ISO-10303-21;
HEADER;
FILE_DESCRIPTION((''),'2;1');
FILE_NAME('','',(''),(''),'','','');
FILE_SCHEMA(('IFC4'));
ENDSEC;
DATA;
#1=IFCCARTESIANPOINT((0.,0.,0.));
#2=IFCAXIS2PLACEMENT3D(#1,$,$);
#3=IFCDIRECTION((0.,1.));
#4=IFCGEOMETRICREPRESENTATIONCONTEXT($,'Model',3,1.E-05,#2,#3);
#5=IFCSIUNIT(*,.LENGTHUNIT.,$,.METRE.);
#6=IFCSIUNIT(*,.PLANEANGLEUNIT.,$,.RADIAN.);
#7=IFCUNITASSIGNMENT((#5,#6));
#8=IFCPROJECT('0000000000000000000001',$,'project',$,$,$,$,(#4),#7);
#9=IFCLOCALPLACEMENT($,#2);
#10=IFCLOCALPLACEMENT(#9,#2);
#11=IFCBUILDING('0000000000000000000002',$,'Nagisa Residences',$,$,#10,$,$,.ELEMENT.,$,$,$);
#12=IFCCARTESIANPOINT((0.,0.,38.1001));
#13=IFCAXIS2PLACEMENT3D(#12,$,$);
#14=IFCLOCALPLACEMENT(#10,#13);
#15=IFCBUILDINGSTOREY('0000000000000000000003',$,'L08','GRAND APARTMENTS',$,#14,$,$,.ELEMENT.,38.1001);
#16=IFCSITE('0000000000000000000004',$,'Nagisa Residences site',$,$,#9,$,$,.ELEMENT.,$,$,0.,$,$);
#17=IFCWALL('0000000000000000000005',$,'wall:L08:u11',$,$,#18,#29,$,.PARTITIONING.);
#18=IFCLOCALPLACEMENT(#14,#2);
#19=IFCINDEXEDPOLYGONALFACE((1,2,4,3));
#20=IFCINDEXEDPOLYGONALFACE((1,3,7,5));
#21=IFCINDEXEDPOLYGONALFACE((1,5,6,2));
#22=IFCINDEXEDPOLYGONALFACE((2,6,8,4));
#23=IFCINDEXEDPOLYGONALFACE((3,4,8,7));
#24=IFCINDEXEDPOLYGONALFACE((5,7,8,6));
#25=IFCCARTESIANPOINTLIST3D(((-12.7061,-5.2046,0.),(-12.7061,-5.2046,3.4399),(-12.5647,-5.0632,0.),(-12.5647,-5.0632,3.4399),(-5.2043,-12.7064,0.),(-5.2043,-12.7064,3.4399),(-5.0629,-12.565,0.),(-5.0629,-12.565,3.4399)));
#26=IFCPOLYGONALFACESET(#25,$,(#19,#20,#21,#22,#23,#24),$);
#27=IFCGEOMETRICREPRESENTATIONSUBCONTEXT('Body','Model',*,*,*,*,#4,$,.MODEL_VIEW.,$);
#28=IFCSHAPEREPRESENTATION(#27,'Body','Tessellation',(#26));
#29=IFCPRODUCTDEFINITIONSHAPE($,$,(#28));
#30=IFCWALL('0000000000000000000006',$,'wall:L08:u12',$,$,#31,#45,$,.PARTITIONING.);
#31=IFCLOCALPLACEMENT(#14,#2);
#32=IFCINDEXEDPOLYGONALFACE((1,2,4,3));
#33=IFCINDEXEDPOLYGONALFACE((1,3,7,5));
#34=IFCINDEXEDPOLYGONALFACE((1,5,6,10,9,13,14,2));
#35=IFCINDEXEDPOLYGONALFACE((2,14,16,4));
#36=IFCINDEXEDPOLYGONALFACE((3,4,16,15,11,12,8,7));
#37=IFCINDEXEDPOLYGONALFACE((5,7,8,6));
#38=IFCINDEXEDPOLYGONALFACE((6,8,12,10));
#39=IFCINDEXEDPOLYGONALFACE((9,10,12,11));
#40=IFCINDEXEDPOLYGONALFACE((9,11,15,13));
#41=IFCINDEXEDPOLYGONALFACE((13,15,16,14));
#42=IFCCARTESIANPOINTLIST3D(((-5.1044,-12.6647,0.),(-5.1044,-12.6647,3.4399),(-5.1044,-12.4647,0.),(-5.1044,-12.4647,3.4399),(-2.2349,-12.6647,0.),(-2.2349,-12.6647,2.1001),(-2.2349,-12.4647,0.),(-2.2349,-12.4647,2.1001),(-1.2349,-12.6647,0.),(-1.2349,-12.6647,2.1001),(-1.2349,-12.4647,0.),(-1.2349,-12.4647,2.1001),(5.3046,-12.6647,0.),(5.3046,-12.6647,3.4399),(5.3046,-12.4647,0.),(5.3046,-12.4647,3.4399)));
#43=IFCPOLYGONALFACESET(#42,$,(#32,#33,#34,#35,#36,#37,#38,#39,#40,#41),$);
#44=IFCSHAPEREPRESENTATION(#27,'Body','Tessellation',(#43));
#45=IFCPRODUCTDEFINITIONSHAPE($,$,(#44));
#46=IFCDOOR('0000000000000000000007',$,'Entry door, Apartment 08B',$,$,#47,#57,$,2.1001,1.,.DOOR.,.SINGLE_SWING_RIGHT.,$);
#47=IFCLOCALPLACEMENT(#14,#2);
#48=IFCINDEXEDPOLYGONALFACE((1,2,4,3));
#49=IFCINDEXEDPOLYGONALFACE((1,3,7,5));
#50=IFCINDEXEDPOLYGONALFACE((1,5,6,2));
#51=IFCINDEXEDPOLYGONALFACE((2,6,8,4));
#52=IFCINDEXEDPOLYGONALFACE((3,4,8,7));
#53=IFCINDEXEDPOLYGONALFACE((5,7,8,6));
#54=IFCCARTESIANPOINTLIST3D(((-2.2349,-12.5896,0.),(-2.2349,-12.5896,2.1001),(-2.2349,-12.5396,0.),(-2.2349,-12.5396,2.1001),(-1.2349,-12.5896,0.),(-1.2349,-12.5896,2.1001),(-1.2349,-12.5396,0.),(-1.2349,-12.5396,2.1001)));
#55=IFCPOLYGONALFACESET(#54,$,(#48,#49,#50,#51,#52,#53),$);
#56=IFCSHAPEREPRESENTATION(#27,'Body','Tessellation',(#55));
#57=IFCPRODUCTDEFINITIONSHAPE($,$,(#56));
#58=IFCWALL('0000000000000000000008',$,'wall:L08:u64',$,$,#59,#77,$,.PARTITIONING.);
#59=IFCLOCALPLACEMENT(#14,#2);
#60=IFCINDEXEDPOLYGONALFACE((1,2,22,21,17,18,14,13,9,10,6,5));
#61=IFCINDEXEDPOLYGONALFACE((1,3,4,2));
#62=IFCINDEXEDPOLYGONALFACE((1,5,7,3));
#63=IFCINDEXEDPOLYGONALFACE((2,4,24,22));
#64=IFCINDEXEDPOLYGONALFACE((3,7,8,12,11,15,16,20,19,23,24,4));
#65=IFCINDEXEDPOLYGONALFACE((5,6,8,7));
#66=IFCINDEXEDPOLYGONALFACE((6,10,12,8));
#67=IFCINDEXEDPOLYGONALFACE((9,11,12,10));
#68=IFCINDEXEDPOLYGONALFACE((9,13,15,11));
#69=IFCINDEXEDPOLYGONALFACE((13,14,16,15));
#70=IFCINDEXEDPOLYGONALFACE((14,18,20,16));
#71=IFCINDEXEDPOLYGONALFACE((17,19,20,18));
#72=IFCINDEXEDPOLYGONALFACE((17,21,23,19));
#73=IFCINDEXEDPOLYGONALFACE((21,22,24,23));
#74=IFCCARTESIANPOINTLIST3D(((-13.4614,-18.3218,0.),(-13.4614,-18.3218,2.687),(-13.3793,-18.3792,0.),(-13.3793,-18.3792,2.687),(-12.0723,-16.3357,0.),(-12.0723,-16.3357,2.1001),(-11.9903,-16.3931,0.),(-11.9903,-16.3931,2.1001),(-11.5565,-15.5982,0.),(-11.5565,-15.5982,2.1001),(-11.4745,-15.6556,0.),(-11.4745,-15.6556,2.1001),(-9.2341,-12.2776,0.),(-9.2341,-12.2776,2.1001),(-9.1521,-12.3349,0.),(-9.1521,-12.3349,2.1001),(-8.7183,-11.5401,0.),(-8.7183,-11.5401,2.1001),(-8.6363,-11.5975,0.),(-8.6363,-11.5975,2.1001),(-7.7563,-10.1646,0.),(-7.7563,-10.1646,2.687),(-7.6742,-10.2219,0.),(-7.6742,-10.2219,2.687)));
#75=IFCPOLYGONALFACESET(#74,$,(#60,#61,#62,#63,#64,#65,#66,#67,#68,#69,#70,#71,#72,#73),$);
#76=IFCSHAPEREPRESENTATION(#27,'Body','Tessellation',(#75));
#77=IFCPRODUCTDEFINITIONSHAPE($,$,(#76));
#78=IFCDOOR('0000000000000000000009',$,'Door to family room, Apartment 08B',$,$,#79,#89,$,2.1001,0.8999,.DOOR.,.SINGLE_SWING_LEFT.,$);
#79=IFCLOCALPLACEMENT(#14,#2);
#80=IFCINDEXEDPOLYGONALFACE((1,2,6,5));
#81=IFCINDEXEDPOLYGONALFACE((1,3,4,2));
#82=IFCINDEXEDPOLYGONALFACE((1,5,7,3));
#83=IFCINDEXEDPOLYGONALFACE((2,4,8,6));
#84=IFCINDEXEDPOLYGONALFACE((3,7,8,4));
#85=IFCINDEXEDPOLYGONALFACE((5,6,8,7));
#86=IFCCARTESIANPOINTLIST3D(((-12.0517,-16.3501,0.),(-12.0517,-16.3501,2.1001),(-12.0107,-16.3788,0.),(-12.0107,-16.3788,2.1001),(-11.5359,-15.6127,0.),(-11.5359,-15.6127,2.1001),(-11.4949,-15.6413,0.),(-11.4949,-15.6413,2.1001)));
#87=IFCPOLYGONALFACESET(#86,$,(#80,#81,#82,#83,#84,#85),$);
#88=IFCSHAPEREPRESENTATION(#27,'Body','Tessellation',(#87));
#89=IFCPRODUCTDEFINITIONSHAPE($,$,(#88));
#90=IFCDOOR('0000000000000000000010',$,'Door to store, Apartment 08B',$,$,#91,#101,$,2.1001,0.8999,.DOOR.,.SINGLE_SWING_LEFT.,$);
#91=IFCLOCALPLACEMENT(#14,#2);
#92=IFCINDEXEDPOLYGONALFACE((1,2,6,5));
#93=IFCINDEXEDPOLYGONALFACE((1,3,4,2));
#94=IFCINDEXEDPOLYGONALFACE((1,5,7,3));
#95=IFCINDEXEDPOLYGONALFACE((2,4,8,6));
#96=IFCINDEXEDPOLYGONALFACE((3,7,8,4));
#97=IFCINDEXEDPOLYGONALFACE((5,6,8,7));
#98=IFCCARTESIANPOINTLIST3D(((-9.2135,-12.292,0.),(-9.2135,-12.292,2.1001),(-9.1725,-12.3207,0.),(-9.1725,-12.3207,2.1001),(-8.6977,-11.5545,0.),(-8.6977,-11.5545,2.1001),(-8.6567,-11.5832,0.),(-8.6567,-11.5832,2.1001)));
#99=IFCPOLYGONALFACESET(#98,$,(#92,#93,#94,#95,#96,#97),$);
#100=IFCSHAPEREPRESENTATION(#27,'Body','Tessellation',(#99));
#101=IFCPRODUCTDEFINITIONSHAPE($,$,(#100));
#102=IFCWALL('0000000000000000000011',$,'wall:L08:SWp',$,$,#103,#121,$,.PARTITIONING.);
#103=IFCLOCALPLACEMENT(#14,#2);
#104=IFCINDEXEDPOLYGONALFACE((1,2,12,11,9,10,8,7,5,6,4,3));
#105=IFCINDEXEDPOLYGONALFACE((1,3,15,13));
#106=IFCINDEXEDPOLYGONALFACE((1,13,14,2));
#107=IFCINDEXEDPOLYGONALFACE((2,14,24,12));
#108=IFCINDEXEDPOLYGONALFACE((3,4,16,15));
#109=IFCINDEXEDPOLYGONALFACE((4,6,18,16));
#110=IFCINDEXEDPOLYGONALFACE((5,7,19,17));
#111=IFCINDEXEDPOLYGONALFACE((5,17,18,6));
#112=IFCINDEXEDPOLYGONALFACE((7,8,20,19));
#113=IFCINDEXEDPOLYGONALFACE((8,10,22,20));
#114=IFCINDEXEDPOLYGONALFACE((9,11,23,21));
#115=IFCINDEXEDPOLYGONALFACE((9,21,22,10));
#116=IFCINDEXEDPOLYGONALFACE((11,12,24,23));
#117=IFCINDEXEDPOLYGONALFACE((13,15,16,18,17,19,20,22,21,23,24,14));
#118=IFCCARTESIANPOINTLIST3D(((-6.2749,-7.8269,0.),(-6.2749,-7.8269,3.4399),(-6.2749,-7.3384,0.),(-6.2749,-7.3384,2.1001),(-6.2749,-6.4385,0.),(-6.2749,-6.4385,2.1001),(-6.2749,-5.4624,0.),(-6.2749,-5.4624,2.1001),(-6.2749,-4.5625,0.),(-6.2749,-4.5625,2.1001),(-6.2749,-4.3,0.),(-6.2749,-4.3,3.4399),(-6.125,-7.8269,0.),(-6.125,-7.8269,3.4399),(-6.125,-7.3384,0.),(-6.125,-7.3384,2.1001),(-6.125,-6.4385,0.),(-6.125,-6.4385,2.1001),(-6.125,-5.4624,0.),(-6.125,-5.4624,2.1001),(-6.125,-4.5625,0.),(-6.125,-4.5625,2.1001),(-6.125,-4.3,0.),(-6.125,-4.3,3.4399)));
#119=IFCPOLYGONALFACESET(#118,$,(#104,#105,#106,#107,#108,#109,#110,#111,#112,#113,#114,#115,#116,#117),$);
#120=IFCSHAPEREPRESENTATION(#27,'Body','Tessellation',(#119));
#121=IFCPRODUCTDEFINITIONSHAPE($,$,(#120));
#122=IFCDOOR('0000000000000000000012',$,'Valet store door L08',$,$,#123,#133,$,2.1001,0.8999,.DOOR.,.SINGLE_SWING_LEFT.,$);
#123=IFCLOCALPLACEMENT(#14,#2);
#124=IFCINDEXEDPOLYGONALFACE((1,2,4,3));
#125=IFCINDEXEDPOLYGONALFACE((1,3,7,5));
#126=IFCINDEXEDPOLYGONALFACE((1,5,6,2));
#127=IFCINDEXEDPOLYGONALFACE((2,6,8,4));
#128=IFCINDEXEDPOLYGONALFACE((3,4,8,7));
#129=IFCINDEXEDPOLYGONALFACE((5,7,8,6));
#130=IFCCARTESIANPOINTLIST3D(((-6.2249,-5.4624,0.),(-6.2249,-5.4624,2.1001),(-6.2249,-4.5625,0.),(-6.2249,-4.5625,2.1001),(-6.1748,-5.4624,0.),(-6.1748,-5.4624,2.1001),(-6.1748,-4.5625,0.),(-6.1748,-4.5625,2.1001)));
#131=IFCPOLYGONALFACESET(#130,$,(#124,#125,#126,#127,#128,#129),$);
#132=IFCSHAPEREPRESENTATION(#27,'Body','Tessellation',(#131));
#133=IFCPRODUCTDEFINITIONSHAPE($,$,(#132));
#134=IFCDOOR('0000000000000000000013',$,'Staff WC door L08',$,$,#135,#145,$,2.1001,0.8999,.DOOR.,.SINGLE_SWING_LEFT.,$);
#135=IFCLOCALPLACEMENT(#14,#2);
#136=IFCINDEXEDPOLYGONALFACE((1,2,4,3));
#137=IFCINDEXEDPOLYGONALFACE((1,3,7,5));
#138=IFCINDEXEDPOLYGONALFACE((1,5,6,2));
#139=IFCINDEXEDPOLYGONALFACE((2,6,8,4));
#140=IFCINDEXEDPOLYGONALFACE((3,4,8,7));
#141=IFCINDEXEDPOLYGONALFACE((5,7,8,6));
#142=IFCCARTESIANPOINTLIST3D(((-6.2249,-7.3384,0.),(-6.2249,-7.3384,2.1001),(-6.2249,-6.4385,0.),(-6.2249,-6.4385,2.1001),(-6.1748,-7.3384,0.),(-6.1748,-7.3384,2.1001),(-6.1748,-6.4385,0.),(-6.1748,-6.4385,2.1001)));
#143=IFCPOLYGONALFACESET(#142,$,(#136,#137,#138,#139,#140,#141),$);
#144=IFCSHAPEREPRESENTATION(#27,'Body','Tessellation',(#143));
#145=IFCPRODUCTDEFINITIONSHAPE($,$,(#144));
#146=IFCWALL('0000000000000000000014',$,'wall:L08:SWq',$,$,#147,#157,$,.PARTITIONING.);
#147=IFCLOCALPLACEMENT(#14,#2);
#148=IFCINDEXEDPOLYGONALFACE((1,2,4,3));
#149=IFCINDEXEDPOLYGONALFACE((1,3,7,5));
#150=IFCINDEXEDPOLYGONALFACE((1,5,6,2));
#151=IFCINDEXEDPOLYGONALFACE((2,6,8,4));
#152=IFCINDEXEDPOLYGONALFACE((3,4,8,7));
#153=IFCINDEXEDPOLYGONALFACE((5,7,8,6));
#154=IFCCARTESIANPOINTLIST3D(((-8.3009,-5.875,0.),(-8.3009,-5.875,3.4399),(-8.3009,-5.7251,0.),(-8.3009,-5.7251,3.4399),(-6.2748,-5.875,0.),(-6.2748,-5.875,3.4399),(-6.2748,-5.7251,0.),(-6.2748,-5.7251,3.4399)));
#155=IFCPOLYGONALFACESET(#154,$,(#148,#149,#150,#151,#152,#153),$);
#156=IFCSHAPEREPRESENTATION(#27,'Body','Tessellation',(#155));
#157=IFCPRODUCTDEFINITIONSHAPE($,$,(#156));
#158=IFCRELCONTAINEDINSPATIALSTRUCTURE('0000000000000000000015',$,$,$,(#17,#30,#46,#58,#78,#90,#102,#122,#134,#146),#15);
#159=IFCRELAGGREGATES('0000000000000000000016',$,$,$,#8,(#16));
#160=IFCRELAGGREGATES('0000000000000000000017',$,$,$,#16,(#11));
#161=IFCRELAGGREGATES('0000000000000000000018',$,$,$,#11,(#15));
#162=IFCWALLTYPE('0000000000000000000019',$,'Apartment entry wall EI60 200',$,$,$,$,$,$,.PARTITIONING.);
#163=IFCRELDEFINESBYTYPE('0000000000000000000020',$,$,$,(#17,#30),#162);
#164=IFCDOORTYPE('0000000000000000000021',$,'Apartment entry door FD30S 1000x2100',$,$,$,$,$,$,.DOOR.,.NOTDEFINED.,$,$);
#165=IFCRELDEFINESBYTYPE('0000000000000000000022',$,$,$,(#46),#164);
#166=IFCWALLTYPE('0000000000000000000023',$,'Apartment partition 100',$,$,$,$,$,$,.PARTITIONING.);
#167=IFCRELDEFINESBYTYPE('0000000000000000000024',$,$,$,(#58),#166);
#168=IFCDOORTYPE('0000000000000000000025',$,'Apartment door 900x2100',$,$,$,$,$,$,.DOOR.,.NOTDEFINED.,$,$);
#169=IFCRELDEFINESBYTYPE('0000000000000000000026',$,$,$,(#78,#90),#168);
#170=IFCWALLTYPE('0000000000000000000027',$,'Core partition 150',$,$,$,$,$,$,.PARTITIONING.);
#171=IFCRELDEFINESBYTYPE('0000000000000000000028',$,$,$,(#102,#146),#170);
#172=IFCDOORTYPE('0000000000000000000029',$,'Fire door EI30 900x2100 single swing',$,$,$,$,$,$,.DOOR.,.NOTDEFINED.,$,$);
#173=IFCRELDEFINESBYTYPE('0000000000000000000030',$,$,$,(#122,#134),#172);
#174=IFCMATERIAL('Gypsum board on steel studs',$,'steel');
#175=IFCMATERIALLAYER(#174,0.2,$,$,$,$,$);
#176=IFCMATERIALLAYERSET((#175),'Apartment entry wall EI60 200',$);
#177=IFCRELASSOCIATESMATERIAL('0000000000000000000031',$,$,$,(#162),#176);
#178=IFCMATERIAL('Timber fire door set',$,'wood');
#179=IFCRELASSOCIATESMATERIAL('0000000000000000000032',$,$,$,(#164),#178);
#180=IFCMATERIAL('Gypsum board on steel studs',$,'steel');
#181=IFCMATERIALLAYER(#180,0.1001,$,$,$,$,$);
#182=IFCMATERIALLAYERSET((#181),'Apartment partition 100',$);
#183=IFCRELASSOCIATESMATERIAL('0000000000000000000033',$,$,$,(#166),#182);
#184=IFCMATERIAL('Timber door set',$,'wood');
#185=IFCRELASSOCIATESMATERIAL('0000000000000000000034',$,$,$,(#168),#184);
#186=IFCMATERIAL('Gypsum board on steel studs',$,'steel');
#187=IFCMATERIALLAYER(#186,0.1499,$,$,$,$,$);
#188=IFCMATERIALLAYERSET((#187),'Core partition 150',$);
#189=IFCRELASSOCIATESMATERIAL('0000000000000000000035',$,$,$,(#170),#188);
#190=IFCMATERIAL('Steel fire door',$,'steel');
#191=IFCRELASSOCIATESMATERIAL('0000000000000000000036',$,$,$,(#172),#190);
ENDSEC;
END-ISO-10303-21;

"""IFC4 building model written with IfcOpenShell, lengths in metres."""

from ifc_helpers import new_model, si_unit, direction, frame, frame_2d, origin, place, context, subcontext, project, spatial, rectangle, extrude, material, layer, layer_set, type_object, element, fill, save


model = new_model("IFC4")

# Units and contexts
model_context = context("Model", 3, precision=1e-05, world=origin(), true_north=direction((0.0, 1.0)))
body_context = subcontext(model_context, "Body", "Model", "MODEL_VIEW")
ifc_project = project(units=[si_unit("LENGTHUNIT", "METRE"), si_unit("PLANEANGLEUNIT", "RADIAN")], contexts=[model_context])

# Site, building, storey
site_placement = place(None, origin())
site = spatial("IfcSite", under=ifc_project, at=site_placement, Name="Nagisa Residences site", CompositionType="ELEMENT", RefElevation=0.0)
building_placement = place(site_placement, origin())
building = spatial("IfcBuilding", under=site, at=building_placement, Name="Nagisa Residences", CompositionType="ELEMENT")
storey_placement = place(building_placement, frame((0.0, 0.0, 38.1001)))
storey = spatial("IfcBuildingStorey", under=building, at=storey_placement, Name="L08", Description="GRAND APARTMENTS", CompositionType="ELEMENT", Elevation=38.1001)

# Wall
ifc_material_1 = material(Name="Gypsum board on steel studs", Category="steel")
ifc_layer_1 = layer(ifc_material_1, 0.2)
ifc_layer_set_1 = layer_set([ifc_layer_1], Name="Apartment entry wall EI60 200")
wall_type_1 = type_object("IfcWallType", Name="Apartment entry wall EI60 200", PredefinedType="PARTITIONING", material=ifc_layer_set_1)
wall_1_placement = place(storey_placement, frame((-12.6355, -5.1338, 0.0), z_axis=(0.0, 0.0, 1.0), x_axis=(0.707107, -0.707107, 0.0)))
element("IfcWall", 1, at=wall_1_placement, inside=storey, type_object=wall_type_1, Name="wall:L08:u11", PredefinedType="PARTITIONING", context=body_context, shape_type="SweptSolid", body=[
    extrude(rectangle(XDim=10.6091, YDim=0.2, at=frame_2d((5.3047, 0.0))), origin(), (0.0, 0.0, 1.0), 3.4399),
])

# Wall, opening, door
wall_2_placement = place(storey_placement, frame((-5.1045, -12.5647, 0.0), z_axis=(0.0, 0.0, 1.0), x_axis=(1.0, 0.0, 0.0)))
wall_2 = element("IfcWall", 2, at=wall_2_placement, inside=storey, type_object=wall_type_1, Name="wall:L08:u12", PredefinedType="PARTITIONING", context=body_context, shape_type="SweptSolid", body=[
    extrude(rectangle(XDim=10.4089, YDim=0.2, at=frame_2d((5.2046, 0.0))), origin(), (0.0, 0.0, 1.0), 3.4399),
])
opening_1_placement = place(wall_2_placement, frame((2.8696, 0.0, 0.0)))
opening_1 = element("IfcOpeningElement", 3, at=opening_1_placement, cuts=wall_2, PredefinedType="OPENING", context=body_context, shape_type="SweptSolid", body=[
    extrude(rectangle(XDim=1.0, YDim=2.1001, at=frame_2d((0.5, 1.05))), frame((0.0, 0.1099, 0.0), z_axis=(0.0, -1.0, 0.0), x_axis=(1.0, 0.0, 0.0)), (0.0, 0.0, 1.0), 0.22),
])
ifc_material_2 = material(Name="Timber fire door set", Category="wood")
door_type_1 = type_object("IfcDoorType", Name="Apartment entry door FD30S 1000x2100", OperationType="NOTDEFINED", PredefinedType="DOOR", material=ifc_material_2)
door_1_placement = place(opening_1_placement, frame((1.0, 0.0, 0.0), x_axis=(-1.0, 0.0, 0.0)))
door_1 = element("IfcDoor", 4, at=door_1_placement, inside=storey, type_object=door_type_1, Name="Entry door, Apartment 08B", OperationType="SINGLE_SWING_RIGHT", OverallHeight=2.1001, OverallWidth=1.0, PredefinedType="DOOR", context=body_context, shape_type="SweptSolid", body=[
    extrude(rectangle(XDim=1.0, YDim=2.1001, at=frame_2d((0.5, 1.05))), frame((0.0, 0.0249, 0.0), z_axis=(0.0, -1.0, 0.0), x_axis=(1.0, 0.0, 0.0)), (0.0, 0.0, 1.0), 0.05),
])
fill(opening_1, door_1)

# Walls, openings, doors
ifc_material_3 = material(Name="Gypsum board on steel studs", Category="steel")
ifc_layer_2 = layer(ifc_material_3, 0.1001)
ifc_layer_set_2 = layer_set([ifc_layer_2], Name="Apartment partition 100")
wall_type_2 = type_object("IfcWallType", Name="Apartment partition 100", PredefinedType="PARTITIONING", material=ifc_layer_set_2)
wall_3_placement = place(storey_placement, frame((-7.7153, -10.1934, 0.0), z_axis=(0.0, 0.0, 1.0), x_axis=(-0.573127, -0.819467, 0.0)))
wall_3 = element("IfcWall", 5, at=wall_3_placement, inside=storey, type_object=wall_type_2, Name="wall:L08:u64", PredefinedType="PARTITIONING", context=body_context, shape_type="SweptSolid", body=[
    extrude(rectangle(XDim=9.9543, YDim=0.1001, at=frame_2d((4.9771, 0.0))), origin(), (0.0, 0.0, 1.0), 2.687),
])
opening_2_placement = place(wall_3_placement, frame((6.6306, 0.0, 0.0)))
opening_2 = element("IfcOpeningElement", 6, at=opening_2_placement, cuts=wall_3, PredefinedType="OPENING", context=body_context, shape_type="SweptSolid", body=[
    extrude(rectangle(XDim=0.8999, YDim=2.1001, at=frame_2d((0.45, 1.05))), frame((0.0, 0.0601, 0.0), z_axis=(0.0, -1.0, 0.0), x_axis=(1.0, 0.0, 0.0)), (0.0, 0.0, 1.0), 0.1201),
])
opening_3_placement = place(wall_3_placement, frame((1.6785, 0.0, 0.0)))
opening_3 = element("IfcOpeningElement", 7, at=opening_3_placement, cuts=wall_3, PredefinedType="OPENING", context=body_context, shape_type="SweptSolid", body=[
    extrude(rectangle(XDim=0.8999, YDim=2.1001, at=frame_2d((0.45, 1.05))), frame((0.0, 0.0601, 0.0), z_axis=(0.0, -1.0, 0.0), x_axis=(1.0, 0.0, 0.0)), (0.0, 0.0, 1.0), 0.1201),
])
ifc_material_4 = material(Name="Timber door set", Category="wood")
door_type_2 = type_object("IfcDoorType", Name="Apartment door 900x2100", OperationType="NOTDEFINED", PredefinedType="DOOR", material=ifc_material_4)
door_2_placement = place(opening_2_placement, frame((0.8999, 0.0, 0.0), x_axis=(-1.0, 0.0, 0.0)))
door_2 = element("IfcDoor", 8, at=door_2_placement, inside=storey, type_object=door_type_2, Name="Door to family room, Apartment 08B", OperationType="SINGLE_SWING_LEFT", OverallHeight=2.1001, OverallWidth=0.8999, PredefinedType="DOOR", context=body_context, shape_type="SweptSolid", body=[
    extrude(rectangle(XDim=0.8999, YDim=2.1001, at=frame_2d((0.45, 1.05))), frame((0.0, 0.0249, 0.0), z_axis=(0.0, -1.0, 0.0), x_axis=(1.0, 0.0, 0.0)), (0.0, 0.0, 1.0), 0.05),
])
fill(opening_2, door_2)
door_3_placement = place(opening_3_placement, frame((0.8999, 0.0, 0.0), x_axis=(-1.0, 0.0, 0.0)))
door_3 = element("IfcDoor", 9, at=door_3_placement, inside=storey, type_object=door_type_2, Name="Door to store, Apartment 08B", OperationType="SINGLE_SWING_LEFT", OverallHeight=2.1001, OverallWidth=0.8999, PredefinedType="DOOR", context=body_context, shape_type="SweptSolid", body=[
    extrude(rectangle(XDim=0.8999, YDim=2.1001, at=frame_2d((0.45, 1.05))), frame((0.0, 0.0249, 0.0), z_axis=(0.0, -1.0, 0.0), x_axis=(1.0, 0.0, 0.0)), (0.0, 0.0, 1.0), 0.05),
])
fill(opening_3, door_3)
ifc_material_5 = material(Name="Gypsum board on steel studs", Category="steel")
ifc_layer_3 = layer(ifc_material_5, 0.1499)
ifc_layer_set_3 = layer_set([ifc_layer_3], Name="Core partition 150")
wall_type_3 = type_object("IfcWallType", Name="Core partition 150", PredefinedType="PARTITIONING", material=ifc_layer_set_3)
wall_4_placement = place(storey_placement, frame((-6.2, -7.8269, 0.0), z_axis=(0.0, 0.0, 1.0), x_axis=(0.0, 1.0, 0.0)))
wall_4 = element("IfcWall", 10, at=wall_4_placement, inside=storey, type_object=wall_type_3, Name="wall:L08:SWp", PredefinedType="PARTITIONING", context=body_context, shape_type="SweptSolid", body=[
    extrude(rectangle(XDim=3.5269, YDim=0.1499, at=frame_2d((1.7634, 0.0))), origin(), (0.0, 0.0, 1.0), 3.4399),
])
opening_4_placement = place(wall_4_placement, frame((2.3645, 0.0, 0.0)))
opening_4 = element("IfcOpeningElement", 11, at=opening_4_placement, cuts=wall_4, PredefinedType="OPENING", context=body_context, shape_type="SweptSolid", body=[
    extrude(rectangle(XDim=0.8999, YDim=2.1001, at=frame_2d((0.45, 1.05))), frame((0.0, 0.085, 0.0), z_axis=(0.0, -1.0, 0.0), x_axis=(1.0, 0.0, 0.0)), (0.0, 0.0, 1.0), 0.1699),
])
opening_5_placement = place(wall_4_placement, frame((0.4885, 0.0, 0.0)))
opening_5 = element("IfcOpeningElement", 12, at=opening_5_placement, cuts=wall_4, PredefinedType="OPENING", context=body_context, shape_type="SweptSolid", body=[
    extrude(rectangle(XDim=0.8999, YDim=2.1001, at=frame_2d((0.45, 1.05))), frame((0.0, 0.085, 0.0), z_axis=(0.0, -1.0, 0.0), x_axis=(1.0, 0.0, 0.0)), (0.0, 0.0, 1.0), 0.1699),
])
ifc_material_6 = material(Name="Steel fire door", Category="steel")
door_type_3 = type_object("IfcDoorType", Name="Fire door EI30 900x2100 single swing", OperationType="NOTDEFINED", PredefinedType="DOOR", material=ifc_material_6)
door_4_placement = place(opening_4_placement, origin())
door_4 = element("IfcDoor", 13, at=door_4_placement, inside=storey, type_object=door_type_3, Name="Valet store door L08", OperationType="SINGLE_SWING_LEFT", OverallHeight=2.1001, OverallWidth=0.8999, PredefinedType="DOOR", context=body_context, shape_type="SweptSolid", body=[
    extrude(rectangle(XDim=0.8999, YDim=2.1001, at=frame_2d((0.45, 1.05))), frame((0.0, 0.0249, 0.0), z_axis=(0.0, -1.0, 0.0), x_axis=(1.0, 0.0, 0.0)), (0.0, 0.0, 1.0), 0.05),
])
fill(opening_4, door_4)
door_5_placement = place(opening_5_placement, origin())
door_5 = element("IfcDoor", 14, at=door_5_placement, inside=storey, type_object=door_type_3, Name="Staff WC door L08", OperationType="SINGLE_SWING_LEFT", OverallHeight=2.1001, OverallWidth=0.8999, PredefinedType="DOOR", context=body_context, shape_type="SweptSolid", body=[
    extrude(rectangle(XDim=0.8999, YDim=2.1001, at=frame_2d((0.45, 1.05))), frame((0.0, 0.0249, 0.0), z_axis=(0.0, -1.0, 0.0), x_axis=(1.0, 0.0, 0.0)), (0.0, 0.0, 1.0), 0.05),
])
fill(opening_5, door_5)

# Wall
wall_5_placement = place(storey_placement, frame((-8.301, -5.8, 0.0), z_axis=(0.0, 0.0, 1.0), x_axis=(1.0, 0.0, 0.0)))
element("IfcWall", 15, at=wall_5_placement, inside=storey, type_object=wall_type_3, Name="wall:L08:SWq", PredefinedType="PARTITIONING", context=body_context, shape_type="SweptSolid", body=[
    extrude(rectangle(XDim=2.0261, YDim=0.1499, at=frame_2d((1.0132, 0.0))), origin(), (0.0, 0.0, 1.0), 3.4399),
])

save(model, "model.ifc")
